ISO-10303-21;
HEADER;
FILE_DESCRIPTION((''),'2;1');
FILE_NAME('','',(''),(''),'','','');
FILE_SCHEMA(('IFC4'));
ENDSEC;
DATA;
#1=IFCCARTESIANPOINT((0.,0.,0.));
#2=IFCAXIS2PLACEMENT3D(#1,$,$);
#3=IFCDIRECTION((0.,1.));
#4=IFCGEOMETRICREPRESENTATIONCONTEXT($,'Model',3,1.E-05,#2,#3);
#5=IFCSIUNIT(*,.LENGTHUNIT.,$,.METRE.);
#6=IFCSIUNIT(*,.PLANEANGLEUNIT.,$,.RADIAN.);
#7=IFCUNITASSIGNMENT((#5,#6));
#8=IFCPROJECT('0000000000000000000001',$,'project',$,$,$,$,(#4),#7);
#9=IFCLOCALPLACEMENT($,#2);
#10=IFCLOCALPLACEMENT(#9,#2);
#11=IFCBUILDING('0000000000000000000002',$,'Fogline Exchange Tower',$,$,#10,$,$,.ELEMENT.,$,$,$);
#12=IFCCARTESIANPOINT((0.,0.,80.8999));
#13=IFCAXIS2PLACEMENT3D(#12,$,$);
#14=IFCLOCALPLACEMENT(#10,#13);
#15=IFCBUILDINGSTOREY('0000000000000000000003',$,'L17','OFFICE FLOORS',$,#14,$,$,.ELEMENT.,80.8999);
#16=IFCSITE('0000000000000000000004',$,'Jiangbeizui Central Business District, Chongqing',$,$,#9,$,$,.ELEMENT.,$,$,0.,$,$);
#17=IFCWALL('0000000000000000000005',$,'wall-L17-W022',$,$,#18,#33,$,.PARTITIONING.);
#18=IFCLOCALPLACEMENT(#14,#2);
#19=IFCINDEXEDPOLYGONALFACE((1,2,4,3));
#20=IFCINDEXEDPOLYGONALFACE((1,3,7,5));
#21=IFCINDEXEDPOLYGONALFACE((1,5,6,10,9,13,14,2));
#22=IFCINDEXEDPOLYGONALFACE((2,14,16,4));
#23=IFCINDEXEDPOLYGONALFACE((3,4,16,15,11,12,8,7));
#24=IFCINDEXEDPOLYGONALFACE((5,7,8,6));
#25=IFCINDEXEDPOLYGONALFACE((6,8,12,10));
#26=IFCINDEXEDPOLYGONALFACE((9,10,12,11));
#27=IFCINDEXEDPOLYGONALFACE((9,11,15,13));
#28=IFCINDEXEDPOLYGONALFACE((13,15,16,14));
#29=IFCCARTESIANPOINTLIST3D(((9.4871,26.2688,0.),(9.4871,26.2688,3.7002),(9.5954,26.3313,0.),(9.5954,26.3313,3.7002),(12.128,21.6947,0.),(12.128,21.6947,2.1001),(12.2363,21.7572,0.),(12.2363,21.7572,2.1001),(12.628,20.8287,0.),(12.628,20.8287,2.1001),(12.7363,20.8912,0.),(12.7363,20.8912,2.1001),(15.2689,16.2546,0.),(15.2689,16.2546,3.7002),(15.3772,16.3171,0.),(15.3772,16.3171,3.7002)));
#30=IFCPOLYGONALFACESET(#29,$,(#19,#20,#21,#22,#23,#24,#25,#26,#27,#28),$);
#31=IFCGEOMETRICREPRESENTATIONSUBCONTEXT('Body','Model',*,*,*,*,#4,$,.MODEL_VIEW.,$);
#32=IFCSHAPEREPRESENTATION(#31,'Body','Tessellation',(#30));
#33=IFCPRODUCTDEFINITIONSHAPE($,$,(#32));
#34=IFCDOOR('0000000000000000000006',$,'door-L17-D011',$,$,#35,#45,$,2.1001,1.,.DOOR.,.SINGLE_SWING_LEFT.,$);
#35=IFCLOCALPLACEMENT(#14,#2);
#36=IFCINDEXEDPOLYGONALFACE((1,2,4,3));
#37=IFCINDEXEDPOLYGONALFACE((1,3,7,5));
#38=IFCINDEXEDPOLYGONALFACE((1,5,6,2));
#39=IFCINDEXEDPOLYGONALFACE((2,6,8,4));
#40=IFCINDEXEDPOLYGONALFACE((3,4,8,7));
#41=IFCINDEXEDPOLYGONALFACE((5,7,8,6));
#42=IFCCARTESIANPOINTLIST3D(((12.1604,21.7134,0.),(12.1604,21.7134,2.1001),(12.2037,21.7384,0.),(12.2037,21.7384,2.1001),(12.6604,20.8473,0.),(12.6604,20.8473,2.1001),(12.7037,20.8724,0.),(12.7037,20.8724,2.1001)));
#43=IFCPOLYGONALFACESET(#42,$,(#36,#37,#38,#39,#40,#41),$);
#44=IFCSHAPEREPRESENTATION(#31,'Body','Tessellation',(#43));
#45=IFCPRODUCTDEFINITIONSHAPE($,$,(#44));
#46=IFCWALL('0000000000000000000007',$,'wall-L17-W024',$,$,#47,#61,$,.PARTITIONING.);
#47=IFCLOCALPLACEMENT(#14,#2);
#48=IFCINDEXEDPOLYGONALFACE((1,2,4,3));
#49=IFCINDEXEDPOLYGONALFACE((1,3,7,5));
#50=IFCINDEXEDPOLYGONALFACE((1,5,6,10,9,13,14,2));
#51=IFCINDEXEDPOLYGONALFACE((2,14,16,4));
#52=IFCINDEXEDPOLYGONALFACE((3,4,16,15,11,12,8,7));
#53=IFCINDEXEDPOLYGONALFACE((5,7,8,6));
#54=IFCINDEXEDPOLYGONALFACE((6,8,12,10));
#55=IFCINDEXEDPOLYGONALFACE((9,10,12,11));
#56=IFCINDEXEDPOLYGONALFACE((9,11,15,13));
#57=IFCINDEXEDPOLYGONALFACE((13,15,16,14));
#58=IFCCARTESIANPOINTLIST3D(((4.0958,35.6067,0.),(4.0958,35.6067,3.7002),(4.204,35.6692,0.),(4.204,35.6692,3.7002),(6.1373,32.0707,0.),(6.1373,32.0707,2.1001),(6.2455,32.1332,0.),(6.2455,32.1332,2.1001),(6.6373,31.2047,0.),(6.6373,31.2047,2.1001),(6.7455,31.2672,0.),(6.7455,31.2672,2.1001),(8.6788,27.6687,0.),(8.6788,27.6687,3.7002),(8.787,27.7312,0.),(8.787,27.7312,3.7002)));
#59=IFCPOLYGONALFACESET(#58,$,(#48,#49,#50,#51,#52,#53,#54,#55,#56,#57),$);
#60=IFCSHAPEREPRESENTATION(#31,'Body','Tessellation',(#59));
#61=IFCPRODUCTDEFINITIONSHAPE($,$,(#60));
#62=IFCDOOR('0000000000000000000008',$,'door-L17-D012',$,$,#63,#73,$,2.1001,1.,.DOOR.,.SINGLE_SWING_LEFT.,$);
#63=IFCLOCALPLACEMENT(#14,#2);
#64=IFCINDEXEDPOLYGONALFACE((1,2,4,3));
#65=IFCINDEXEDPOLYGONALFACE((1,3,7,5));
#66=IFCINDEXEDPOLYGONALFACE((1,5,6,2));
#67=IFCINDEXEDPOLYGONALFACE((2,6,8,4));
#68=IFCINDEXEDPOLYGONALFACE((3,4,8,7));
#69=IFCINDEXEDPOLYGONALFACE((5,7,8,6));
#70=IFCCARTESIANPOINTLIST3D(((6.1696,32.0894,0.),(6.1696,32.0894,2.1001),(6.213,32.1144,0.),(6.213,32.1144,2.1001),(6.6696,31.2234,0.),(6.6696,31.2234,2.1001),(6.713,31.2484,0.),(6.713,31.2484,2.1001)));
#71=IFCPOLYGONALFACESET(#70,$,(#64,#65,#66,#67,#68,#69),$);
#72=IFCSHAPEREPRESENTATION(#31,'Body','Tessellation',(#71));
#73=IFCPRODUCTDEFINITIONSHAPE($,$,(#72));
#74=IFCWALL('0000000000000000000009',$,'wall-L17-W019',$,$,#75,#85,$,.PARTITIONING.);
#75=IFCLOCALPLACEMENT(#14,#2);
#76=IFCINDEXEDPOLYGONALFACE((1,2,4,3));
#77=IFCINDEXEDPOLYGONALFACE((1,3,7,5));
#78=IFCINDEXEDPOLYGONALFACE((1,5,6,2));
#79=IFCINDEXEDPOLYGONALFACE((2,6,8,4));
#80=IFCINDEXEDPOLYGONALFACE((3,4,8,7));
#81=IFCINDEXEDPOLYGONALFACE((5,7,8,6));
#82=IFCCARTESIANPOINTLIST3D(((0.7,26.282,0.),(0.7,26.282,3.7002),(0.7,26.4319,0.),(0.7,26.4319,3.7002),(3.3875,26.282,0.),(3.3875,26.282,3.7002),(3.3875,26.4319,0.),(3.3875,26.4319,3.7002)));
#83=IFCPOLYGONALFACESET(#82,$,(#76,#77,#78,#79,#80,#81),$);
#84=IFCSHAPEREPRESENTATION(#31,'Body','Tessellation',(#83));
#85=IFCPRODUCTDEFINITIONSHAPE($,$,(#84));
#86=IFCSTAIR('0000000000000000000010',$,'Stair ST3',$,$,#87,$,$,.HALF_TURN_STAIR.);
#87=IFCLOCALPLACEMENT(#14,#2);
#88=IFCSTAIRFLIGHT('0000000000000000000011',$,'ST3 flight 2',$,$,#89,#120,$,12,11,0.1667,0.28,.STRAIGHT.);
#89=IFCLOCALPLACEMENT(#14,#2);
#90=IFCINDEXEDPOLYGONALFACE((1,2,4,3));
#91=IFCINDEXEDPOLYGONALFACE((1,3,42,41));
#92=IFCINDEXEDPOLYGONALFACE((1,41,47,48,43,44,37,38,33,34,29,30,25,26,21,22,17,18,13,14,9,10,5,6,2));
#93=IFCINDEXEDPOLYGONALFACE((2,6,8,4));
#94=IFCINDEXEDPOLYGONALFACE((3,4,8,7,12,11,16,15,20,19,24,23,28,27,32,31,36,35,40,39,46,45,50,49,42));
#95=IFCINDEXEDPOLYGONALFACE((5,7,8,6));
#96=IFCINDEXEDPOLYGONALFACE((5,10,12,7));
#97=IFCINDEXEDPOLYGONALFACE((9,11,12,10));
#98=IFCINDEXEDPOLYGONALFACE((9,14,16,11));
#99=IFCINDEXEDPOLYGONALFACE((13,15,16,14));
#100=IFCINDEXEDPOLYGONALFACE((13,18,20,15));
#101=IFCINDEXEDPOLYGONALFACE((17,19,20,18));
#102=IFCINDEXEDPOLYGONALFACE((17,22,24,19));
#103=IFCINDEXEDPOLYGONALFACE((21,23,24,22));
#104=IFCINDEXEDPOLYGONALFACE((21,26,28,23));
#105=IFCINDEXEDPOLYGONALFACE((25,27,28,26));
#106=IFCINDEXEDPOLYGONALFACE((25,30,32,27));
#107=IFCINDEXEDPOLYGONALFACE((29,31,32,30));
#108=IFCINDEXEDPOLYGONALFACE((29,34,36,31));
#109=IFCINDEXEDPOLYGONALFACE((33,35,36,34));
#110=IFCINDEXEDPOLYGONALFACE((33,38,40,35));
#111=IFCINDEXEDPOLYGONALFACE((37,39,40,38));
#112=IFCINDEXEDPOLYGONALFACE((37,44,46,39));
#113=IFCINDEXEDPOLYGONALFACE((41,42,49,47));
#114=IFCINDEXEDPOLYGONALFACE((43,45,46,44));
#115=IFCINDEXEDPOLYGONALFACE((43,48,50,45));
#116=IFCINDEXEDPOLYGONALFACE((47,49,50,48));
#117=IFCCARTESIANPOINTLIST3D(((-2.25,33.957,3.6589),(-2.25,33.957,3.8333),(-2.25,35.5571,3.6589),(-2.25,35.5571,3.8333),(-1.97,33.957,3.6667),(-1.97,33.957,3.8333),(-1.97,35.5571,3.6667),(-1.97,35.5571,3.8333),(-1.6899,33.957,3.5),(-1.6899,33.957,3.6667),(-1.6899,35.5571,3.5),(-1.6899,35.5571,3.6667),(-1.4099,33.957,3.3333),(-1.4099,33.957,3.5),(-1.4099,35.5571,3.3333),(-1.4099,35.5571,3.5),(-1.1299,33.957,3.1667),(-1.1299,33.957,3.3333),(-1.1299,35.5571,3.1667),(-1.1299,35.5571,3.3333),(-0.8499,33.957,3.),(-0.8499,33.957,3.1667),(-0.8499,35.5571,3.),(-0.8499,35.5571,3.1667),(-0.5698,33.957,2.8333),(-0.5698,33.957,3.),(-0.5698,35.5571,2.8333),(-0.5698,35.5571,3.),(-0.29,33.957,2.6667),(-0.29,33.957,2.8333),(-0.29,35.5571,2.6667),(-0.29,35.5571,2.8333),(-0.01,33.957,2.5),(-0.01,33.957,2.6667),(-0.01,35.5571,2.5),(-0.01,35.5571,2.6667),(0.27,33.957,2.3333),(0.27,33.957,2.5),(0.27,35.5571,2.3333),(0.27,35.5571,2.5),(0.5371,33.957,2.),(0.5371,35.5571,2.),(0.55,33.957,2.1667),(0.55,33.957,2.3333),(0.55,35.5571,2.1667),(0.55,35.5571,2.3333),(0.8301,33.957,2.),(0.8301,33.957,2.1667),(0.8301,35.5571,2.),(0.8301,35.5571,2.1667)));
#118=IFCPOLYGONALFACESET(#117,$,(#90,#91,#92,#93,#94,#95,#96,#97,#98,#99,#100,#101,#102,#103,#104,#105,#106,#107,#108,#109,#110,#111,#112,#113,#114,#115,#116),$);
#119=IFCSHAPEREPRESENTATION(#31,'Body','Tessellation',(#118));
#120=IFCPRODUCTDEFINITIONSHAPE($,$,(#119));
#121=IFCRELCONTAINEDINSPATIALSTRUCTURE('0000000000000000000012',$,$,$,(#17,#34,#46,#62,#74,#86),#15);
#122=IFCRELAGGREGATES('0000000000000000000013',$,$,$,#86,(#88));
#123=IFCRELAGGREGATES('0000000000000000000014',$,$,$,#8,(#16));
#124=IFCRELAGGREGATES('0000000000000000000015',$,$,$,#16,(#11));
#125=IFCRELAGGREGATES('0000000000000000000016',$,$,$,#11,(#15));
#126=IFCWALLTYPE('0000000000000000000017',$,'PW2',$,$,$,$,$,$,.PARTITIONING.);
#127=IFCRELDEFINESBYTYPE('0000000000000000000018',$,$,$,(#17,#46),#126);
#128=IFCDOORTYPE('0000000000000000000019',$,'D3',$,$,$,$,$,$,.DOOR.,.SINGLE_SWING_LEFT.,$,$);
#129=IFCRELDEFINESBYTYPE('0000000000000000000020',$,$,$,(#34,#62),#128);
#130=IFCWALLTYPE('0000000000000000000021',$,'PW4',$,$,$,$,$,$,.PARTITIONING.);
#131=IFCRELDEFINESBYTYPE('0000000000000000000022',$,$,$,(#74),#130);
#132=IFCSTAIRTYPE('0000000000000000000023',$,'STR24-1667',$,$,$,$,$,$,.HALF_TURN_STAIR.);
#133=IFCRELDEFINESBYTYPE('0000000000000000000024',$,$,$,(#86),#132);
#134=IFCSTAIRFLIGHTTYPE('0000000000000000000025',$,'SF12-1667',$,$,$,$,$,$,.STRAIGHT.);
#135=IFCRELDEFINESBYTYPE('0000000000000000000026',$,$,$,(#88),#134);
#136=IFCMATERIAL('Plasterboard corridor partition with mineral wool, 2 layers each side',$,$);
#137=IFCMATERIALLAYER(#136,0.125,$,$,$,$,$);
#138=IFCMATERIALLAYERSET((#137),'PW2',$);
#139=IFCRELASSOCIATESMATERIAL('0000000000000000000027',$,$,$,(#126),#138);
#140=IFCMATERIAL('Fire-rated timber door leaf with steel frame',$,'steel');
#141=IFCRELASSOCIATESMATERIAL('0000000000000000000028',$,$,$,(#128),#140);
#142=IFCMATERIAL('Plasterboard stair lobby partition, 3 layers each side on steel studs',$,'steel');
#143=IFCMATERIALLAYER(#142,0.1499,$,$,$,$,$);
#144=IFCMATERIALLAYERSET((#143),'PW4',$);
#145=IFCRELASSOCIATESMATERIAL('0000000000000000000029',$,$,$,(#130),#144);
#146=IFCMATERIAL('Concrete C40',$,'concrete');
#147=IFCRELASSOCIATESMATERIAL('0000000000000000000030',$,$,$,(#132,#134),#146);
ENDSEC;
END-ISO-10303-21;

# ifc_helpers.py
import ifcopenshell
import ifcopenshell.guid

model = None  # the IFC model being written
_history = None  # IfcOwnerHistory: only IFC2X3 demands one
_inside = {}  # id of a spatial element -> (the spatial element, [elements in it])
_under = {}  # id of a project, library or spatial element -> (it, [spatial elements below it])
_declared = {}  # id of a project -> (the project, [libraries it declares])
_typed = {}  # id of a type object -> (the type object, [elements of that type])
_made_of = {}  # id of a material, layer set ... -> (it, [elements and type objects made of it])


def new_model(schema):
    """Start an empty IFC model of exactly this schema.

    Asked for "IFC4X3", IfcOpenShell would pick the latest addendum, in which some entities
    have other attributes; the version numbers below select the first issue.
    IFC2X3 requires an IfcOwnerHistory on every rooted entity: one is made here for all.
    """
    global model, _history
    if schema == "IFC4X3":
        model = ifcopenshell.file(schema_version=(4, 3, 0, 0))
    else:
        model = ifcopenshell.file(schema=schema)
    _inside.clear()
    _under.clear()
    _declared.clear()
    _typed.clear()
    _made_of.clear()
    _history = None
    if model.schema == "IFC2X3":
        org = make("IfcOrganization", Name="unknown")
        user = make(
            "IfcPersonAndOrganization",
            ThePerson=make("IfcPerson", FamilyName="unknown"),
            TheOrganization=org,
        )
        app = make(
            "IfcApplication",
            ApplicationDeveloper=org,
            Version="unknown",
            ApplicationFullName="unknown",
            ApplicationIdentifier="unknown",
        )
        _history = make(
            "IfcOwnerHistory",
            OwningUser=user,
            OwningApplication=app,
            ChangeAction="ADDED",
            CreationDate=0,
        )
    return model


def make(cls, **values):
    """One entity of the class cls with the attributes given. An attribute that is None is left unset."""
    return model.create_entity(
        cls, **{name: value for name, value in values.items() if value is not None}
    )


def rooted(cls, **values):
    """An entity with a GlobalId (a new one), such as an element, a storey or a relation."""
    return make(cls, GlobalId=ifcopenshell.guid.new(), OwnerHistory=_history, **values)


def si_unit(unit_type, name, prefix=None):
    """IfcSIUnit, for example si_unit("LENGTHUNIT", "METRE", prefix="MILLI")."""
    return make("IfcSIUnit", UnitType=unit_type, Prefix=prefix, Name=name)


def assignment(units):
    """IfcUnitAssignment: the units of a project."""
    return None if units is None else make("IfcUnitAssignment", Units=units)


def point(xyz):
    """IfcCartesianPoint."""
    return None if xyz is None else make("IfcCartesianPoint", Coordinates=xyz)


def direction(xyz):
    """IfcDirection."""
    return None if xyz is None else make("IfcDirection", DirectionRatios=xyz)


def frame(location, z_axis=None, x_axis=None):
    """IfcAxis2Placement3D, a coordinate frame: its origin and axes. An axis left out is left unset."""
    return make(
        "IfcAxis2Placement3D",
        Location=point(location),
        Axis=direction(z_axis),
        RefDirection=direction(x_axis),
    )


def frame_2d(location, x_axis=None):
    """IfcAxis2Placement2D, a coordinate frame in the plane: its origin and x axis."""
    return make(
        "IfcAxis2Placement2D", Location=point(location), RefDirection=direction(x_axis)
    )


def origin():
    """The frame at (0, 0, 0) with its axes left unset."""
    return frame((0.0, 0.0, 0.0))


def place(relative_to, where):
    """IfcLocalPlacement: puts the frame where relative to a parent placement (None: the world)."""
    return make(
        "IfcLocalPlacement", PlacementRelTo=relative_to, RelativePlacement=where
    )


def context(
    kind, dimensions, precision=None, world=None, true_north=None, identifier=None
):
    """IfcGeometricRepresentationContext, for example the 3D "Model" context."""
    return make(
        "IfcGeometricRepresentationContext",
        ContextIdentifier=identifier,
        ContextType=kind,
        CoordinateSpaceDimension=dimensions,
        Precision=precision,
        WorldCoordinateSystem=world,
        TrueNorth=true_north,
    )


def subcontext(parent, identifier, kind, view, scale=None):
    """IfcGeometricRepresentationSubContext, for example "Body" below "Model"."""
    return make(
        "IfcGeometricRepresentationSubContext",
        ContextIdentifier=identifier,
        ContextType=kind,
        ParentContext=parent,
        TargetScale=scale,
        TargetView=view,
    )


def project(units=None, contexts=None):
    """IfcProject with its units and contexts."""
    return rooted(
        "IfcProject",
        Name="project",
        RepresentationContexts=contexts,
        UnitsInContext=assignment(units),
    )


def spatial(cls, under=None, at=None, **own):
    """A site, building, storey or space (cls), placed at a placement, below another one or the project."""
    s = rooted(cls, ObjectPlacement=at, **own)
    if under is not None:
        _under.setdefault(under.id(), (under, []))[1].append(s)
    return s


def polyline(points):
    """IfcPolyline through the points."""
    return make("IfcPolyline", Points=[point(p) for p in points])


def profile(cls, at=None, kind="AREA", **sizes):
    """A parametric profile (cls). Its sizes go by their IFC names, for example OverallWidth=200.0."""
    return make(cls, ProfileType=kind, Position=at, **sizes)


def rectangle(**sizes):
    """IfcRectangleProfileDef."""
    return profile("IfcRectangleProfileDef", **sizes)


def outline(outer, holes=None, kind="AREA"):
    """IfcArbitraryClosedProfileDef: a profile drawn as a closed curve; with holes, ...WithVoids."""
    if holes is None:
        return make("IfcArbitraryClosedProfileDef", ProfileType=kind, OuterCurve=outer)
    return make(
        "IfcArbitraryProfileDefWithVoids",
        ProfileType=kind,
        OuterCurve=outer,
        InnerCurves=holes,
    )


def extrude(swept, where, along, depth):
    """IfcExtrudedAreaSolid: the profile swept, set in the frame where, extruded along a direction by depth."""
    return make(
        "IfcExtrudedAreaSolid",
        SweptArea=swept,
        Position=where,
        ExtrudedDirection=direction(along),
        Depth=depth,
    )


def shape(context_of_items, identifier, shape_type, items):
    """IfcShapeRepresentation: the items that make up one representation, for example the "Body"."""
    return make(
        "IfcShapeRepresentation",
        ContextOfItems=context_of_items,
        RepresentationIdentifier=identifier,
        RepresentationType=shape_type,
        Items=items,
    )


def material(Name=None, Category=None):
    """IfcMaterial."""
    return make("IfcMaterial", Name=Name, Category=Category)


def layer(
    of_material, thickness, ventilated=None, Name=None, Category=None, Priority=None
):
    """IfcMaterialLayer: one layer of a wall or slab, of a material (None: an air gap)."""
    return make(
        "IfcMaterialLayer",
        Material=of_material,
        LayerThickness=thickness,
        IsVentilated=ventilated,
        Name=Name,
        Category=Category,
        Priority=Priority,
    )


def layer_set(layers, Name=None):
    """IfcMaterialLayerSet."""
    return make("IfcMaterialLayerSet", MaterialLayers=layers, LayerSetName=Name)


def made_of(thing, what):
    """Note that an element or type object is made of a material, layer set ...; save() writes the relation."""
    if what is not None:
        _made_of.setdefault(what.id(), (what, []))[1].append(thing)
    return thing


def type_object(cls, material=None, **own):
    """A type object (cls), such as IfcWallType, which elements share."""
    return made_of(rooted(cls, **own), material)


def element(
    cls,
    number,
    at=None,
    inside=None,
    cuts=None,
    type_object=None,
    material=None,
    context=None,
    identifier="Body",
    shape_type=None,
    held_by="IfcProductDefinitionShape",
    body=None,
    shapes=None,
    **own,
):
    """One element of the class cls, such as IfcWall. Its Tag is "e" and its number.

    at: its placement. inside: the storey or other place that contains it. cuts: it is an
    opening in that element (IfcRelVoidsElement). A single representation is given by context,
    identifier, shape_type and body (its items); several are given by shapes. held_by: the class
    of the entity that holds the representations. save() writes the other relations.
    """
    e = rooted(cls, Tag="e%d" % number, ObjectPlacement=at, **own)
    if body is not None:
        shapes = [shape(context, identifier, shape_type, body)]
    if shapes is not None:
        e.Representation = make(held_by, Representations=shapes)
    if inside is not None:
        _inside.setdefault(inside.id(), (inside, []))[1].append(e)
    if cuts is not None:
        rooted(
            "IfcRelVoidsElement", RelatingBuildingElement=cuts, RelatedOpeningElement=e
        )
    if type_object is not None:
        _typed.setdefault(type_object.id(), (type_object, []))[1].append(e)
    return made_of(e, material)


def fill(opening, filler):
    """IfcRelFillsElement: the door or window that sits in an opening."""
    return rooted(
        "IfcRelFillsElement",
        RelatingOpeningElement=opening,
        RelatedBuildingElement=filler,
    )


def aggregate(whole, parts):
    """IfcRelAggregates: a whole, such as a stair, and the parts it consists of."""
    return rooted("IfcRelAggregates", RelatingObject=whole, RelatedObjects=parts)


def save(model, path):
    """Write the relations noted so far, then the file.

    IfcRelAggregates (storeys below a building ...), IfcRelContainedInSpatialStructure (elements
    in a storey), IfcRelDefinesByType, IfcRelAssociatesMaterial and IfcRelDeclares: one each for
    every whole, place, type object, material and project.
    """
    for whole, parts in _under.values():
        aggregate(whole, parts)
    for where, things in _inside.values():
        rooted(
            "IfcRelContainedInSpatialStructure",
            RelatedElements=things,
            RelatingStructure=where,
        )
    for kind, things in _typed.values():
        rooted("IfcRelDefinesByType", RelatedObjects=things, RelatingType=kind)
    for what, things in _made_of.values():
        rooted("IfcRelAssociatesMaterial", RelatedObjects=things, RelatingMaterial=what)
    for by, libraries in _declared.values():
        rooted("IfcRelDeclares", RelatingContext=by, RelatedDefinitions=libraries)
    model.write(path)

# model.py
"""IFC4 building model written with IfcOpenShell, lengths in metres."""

from ifc_helpers import new_model, si_unit, direction, frame, frame_2d, origin, place, context, subcontext, project, spatial, polyline, rectangle, outline, extrude, material, layer, layer_set, type_object, element, fill, aggregate, save


model = new_model("IFC4")

# Units and contexts
model_context = context("Model", 3, precision=1e-05, world=origin(), true_north=direction((0.0, 1.0)))
body_context = subcontext(model_context, "Body", "Model", "MODEL_VIEW")
ifc_project = project(units=[si_unit("LENGTHUNIT", "METRE"), si_unit("PLANEANGLEUNIT", "RADIAN")], contexts=[model_context])

# Site, building, storey
site_placement = place(None, origin())
site = spatial("IfcSite", under=ifc_project, at=site_placement, Name="Jiangbeizui Central Business District, Chongqing", CompositionType="ELEMENT", RefElevation=0.0)
building_placement = place(site_placement, origin())
building = spatial("IfcBuilding", under=site, at=building_placement, Name="Fogline Exchange Tower", CompositionType="ELEMENT")
storey_placement = place(building_placement, frame((0.0, 0.0, 80.8999)))
storey = spatial("IfcBuildingStorey", under=building, at=storey_placement, Name="L17", Description="OFFICE FLOORS", CompositionType="ELEMENT", Elevation=80.8999)

# Shared definitions
ifc_material_1 = material(Name="Concrete C40", Category="concrete")

# Walls, openings, doors
ifc_material_2 = material(Name="Plasterboard corridor partition with mineral wool, 2 layers each side")
ifc_layer_1 = layer(ifc_material_2, 0.125)
ifc_layer_set_1 = layer_set([ifc_layer_1], Name="PW2")
wall_type_1 = type_object("IfcWallType", Name="PW2", PredefinedType="PARTITIONING", material=ifc_layer_set_1)
wall_1_placement = place(storey_placement, frame((9.5413, 26.3, 0.0), z_axis=(0.0, 0.0, 1.0), x_axis=(0.500004, -0.866023, 0.0)))
wall_1 = element("IfcWall", 1, at=wall_1_placement, inside=storey, type_object=wall_type_1, Name="wall-L17-W022", PredefinedType="PARTITIONING", context=body_context, shape_type="SweptSolid", body=[
    extrude(rectangle(XDim=11.5635, YDim=0.125, at=frame_2d((5.7817, 0.0))), origin(), (0.0, 0.0, 1.0), 3.7002),
])
opening_1_placement = place(wall_1_placement, frame((5.2817, 0.0, 0.0)))
opening_1 = element("IfcOpeningElement", 2, at=opening_1_placement, cuts=wall_1, PredefinedType="OPENING", context=body_context, shape_type="SweptSolid", body=[
    extrude(rectangle(XDim=1.0, YDim=2.1001, at=frame_2d((0.5, 1.05))), frame((0.0, 0.0725, 0.0), z_axis=(0.0, -1.0, 0.0), x_axis=(1.0, 0.0, 0.0)), (0.0, 0.0, 1.0), 0.145),
])
ifc_material_3 = material(Name="Fire-rated timber door leaf with steel frame", Category="steel")
door_type_1 = type_object("IfcDoorType", Name="D3", OperationType="SINGLE_SWING_LEFT", PredefinedType="DOOR", material=ifc_material_3)
door_1_placement = place(opening_1_placement, origin())
door_1 = element("IfcDoor", 3, at=door_1_placement, inside=storey, type_object=door_type_1, Name="door-L17-D011", OperationType="SINGLE_SWING_LEFT", OverallHeight=2.1001, OverallWidth=1.0, PredefinedType="DOOR", context=body_context, shape_type="SweptSolid", body=[
    extrude(rectangle(XDim=1.0, YDim=2.1001, at=frame_2d((0.5, 1.05))), frame((0.0, 0.0249, 0.0), z_axis=(0.0, -1.0, 0.0), x_axis=(1.0, 0.0, 0.0)), (0.0, 0.0, 1.0), 0.05),
])
fill(opening_1, door_1)
wall_2_placement = place(storey_placement, frame((4.1499, 35.6379, 0.0), z_axis=(0.0, 0.0, 1.0), x_axis=(0.500001, -0.866025, 0.0)))
wall_2 = element("IfcWall", 4, at=wall_2_placement, inside=storey, type_object=wall_type_1, Name="wall-L17-W024", PredefinedType="PARTITIONING", context=body_context, shape_type="SweptSolid", body=[
    extrude(rectangle(XDim=9.166, YDim=0.125, at=frame_2d((4.583, 0.0))), origin(), (0.0, 0.0, 1.0), 3.7002),
])
opening_2_placement = place(wall_2_placement, frame((4.083, 0.0, 0.0)))
opening_2 = element("IfcOpeningElement", 5, at=opening_2_placement, cuts=wall_2, PredefinedType="OPENING", context=body_context, shape_type="SweptSolid", body=[
    extrude(rectangle(XDim=1.0, YDim=2.1001, at=frame_2d((0.5, 1.05))), frame((0.0, 0.0725, 0.0), z_axis=(0.0, -1.0, 0.0), x_axis=(1.0, 0.0, 0.0)), (0.0, 0.0, 1.0), 0.145),
])
door_2_placement = place(opening_2_placement, origin())
door_2 = element("IfcDoor", 6, at=door_2_placement, inside=storey, type_object=door_type_1, Name="door-L17-D012", OperationType="SINGLE_SWING_LEFT", OverallHeight=2.1001, OverallWidth=1.0, PredefinedType="DOOR", context=body_context, shape_type="SweptSolid", body=[
    extrude(rectangle(XDim=1.0, YDim=2.1001, at=frame_2d((0.5, 1.05))), frame((0.0, 0.0249, 0.0), z_axis=(0.0, -1.0, 0.0), x_axis=(1.0, 0.0, 0.0)), (0.0, 0.0, 1.0), 0.05),
])
fill(opening_2, door_2)

# Wall
ifc_material_4 = material(Name="Plasterboard stair lobby partition, 3 layers each side on steel studs", Category="steel")
ifc_layer_2 = layer(ifc_material_4, 0.1499)
ifc_layer_set_2 = layer_set([ifc_layer_2], Name="PW4")
wall_type_2 = type_object("IfcWallType", Name="PW4", PredefinedType="PARTITIONING", material=ifc_layer_set_2)
wall_3_placement = place(storey_placement, frame((3.3875, 26.3569, 0.0), z_axis=(0.0, 0.0, 1.0), x_axis=(-1.0, 0.0, 0.0)))
element("IfcWall", 7, at=wall_3_placement, inside=storey, type_object=wall_type_2, Name="wall-L17-W019", PredefinedType="PARTITIONING", context=body_context, shape_type="SweptSolid", body=[
    extrude(rectangle(XDim=2.6875, YDim=0.1499, at=frame_2d((1.3438, 0.0))), origin(), (0.0, 0.0, 1.0), 3.7002),
])

# Stair, stair flight
stair_type = type_object("IfcStairType", Name="STR24-1667", PredefinedType="HALF_TURN_STAIR", material=ifc_material_1)
stair_placement = place(storey_placement, origin())
stair = element("IfcStair", 8, at=stair_placement, inside=storey, type_object=stair_type, Name="Stair ST3", PredefinedType="HALF_TURN_STAIR")
stair_flight_type = type_object("IfcStairFlightType", Name="SF12-1667", PredefinedType="STRAIGHT", material=ifc_material_1)
stair_flight_placement = place(storey_placement, frame((0.8301, 34.7571, 2.0), z_axis=(0.0, 0.0, 1.0), x_axis=(-1.0, 0.0, 0.0)))
stair_flight = element("IfcStairFlight", 9, at=stair_flight_placement, type_object=stair_flight_type, Name="ST3 flight 2", NumberOfRisers=12, NumberOfTreads=11, PredefinedType="STRAIGHT", RiserHeight=0.1667, TreadLength=0.28, context=body_context, shape_type="SweptSolid", body=[
    extrude(outline(polyline([(0.0, 0.0), (0.0, 0.1667), (0.28, 0.1667), (0.28, 0.3333), (0.5601, 0.3333), (0.5601, 0.5), (0.8401, 0.5), (0.8401, 0.6667), (1.1201, 0.6667), (1.1201, 0.8333), (1.3999, 0.8333), (1.3999, 1.0), (1.6799, 1.0), (1.6799, 1.1667), (1.96, 1.1667), (1.96, 1.3333), (2.24, 1.3333), (2.24, 1.5), (2.52, 1.5), (2.52, 1.6667), (2.8, 1.6667), (2.8, 1.8333), (3.0801, 1.8333), (3.0801, 2.0), (3.0801, 1.6589), (0.293, 0.0), (0.0, 0.0)])), frame((0.0, 0.8, 0.0), z_axis=(0.0, -1.0, 0.0), x_axis=(1.0, 0.0, 0.0)), (0.0, 0.0, 1.0), 1.6001),
])
aggregate(stair, [stair_flight])

save(model, "model.ifc")
